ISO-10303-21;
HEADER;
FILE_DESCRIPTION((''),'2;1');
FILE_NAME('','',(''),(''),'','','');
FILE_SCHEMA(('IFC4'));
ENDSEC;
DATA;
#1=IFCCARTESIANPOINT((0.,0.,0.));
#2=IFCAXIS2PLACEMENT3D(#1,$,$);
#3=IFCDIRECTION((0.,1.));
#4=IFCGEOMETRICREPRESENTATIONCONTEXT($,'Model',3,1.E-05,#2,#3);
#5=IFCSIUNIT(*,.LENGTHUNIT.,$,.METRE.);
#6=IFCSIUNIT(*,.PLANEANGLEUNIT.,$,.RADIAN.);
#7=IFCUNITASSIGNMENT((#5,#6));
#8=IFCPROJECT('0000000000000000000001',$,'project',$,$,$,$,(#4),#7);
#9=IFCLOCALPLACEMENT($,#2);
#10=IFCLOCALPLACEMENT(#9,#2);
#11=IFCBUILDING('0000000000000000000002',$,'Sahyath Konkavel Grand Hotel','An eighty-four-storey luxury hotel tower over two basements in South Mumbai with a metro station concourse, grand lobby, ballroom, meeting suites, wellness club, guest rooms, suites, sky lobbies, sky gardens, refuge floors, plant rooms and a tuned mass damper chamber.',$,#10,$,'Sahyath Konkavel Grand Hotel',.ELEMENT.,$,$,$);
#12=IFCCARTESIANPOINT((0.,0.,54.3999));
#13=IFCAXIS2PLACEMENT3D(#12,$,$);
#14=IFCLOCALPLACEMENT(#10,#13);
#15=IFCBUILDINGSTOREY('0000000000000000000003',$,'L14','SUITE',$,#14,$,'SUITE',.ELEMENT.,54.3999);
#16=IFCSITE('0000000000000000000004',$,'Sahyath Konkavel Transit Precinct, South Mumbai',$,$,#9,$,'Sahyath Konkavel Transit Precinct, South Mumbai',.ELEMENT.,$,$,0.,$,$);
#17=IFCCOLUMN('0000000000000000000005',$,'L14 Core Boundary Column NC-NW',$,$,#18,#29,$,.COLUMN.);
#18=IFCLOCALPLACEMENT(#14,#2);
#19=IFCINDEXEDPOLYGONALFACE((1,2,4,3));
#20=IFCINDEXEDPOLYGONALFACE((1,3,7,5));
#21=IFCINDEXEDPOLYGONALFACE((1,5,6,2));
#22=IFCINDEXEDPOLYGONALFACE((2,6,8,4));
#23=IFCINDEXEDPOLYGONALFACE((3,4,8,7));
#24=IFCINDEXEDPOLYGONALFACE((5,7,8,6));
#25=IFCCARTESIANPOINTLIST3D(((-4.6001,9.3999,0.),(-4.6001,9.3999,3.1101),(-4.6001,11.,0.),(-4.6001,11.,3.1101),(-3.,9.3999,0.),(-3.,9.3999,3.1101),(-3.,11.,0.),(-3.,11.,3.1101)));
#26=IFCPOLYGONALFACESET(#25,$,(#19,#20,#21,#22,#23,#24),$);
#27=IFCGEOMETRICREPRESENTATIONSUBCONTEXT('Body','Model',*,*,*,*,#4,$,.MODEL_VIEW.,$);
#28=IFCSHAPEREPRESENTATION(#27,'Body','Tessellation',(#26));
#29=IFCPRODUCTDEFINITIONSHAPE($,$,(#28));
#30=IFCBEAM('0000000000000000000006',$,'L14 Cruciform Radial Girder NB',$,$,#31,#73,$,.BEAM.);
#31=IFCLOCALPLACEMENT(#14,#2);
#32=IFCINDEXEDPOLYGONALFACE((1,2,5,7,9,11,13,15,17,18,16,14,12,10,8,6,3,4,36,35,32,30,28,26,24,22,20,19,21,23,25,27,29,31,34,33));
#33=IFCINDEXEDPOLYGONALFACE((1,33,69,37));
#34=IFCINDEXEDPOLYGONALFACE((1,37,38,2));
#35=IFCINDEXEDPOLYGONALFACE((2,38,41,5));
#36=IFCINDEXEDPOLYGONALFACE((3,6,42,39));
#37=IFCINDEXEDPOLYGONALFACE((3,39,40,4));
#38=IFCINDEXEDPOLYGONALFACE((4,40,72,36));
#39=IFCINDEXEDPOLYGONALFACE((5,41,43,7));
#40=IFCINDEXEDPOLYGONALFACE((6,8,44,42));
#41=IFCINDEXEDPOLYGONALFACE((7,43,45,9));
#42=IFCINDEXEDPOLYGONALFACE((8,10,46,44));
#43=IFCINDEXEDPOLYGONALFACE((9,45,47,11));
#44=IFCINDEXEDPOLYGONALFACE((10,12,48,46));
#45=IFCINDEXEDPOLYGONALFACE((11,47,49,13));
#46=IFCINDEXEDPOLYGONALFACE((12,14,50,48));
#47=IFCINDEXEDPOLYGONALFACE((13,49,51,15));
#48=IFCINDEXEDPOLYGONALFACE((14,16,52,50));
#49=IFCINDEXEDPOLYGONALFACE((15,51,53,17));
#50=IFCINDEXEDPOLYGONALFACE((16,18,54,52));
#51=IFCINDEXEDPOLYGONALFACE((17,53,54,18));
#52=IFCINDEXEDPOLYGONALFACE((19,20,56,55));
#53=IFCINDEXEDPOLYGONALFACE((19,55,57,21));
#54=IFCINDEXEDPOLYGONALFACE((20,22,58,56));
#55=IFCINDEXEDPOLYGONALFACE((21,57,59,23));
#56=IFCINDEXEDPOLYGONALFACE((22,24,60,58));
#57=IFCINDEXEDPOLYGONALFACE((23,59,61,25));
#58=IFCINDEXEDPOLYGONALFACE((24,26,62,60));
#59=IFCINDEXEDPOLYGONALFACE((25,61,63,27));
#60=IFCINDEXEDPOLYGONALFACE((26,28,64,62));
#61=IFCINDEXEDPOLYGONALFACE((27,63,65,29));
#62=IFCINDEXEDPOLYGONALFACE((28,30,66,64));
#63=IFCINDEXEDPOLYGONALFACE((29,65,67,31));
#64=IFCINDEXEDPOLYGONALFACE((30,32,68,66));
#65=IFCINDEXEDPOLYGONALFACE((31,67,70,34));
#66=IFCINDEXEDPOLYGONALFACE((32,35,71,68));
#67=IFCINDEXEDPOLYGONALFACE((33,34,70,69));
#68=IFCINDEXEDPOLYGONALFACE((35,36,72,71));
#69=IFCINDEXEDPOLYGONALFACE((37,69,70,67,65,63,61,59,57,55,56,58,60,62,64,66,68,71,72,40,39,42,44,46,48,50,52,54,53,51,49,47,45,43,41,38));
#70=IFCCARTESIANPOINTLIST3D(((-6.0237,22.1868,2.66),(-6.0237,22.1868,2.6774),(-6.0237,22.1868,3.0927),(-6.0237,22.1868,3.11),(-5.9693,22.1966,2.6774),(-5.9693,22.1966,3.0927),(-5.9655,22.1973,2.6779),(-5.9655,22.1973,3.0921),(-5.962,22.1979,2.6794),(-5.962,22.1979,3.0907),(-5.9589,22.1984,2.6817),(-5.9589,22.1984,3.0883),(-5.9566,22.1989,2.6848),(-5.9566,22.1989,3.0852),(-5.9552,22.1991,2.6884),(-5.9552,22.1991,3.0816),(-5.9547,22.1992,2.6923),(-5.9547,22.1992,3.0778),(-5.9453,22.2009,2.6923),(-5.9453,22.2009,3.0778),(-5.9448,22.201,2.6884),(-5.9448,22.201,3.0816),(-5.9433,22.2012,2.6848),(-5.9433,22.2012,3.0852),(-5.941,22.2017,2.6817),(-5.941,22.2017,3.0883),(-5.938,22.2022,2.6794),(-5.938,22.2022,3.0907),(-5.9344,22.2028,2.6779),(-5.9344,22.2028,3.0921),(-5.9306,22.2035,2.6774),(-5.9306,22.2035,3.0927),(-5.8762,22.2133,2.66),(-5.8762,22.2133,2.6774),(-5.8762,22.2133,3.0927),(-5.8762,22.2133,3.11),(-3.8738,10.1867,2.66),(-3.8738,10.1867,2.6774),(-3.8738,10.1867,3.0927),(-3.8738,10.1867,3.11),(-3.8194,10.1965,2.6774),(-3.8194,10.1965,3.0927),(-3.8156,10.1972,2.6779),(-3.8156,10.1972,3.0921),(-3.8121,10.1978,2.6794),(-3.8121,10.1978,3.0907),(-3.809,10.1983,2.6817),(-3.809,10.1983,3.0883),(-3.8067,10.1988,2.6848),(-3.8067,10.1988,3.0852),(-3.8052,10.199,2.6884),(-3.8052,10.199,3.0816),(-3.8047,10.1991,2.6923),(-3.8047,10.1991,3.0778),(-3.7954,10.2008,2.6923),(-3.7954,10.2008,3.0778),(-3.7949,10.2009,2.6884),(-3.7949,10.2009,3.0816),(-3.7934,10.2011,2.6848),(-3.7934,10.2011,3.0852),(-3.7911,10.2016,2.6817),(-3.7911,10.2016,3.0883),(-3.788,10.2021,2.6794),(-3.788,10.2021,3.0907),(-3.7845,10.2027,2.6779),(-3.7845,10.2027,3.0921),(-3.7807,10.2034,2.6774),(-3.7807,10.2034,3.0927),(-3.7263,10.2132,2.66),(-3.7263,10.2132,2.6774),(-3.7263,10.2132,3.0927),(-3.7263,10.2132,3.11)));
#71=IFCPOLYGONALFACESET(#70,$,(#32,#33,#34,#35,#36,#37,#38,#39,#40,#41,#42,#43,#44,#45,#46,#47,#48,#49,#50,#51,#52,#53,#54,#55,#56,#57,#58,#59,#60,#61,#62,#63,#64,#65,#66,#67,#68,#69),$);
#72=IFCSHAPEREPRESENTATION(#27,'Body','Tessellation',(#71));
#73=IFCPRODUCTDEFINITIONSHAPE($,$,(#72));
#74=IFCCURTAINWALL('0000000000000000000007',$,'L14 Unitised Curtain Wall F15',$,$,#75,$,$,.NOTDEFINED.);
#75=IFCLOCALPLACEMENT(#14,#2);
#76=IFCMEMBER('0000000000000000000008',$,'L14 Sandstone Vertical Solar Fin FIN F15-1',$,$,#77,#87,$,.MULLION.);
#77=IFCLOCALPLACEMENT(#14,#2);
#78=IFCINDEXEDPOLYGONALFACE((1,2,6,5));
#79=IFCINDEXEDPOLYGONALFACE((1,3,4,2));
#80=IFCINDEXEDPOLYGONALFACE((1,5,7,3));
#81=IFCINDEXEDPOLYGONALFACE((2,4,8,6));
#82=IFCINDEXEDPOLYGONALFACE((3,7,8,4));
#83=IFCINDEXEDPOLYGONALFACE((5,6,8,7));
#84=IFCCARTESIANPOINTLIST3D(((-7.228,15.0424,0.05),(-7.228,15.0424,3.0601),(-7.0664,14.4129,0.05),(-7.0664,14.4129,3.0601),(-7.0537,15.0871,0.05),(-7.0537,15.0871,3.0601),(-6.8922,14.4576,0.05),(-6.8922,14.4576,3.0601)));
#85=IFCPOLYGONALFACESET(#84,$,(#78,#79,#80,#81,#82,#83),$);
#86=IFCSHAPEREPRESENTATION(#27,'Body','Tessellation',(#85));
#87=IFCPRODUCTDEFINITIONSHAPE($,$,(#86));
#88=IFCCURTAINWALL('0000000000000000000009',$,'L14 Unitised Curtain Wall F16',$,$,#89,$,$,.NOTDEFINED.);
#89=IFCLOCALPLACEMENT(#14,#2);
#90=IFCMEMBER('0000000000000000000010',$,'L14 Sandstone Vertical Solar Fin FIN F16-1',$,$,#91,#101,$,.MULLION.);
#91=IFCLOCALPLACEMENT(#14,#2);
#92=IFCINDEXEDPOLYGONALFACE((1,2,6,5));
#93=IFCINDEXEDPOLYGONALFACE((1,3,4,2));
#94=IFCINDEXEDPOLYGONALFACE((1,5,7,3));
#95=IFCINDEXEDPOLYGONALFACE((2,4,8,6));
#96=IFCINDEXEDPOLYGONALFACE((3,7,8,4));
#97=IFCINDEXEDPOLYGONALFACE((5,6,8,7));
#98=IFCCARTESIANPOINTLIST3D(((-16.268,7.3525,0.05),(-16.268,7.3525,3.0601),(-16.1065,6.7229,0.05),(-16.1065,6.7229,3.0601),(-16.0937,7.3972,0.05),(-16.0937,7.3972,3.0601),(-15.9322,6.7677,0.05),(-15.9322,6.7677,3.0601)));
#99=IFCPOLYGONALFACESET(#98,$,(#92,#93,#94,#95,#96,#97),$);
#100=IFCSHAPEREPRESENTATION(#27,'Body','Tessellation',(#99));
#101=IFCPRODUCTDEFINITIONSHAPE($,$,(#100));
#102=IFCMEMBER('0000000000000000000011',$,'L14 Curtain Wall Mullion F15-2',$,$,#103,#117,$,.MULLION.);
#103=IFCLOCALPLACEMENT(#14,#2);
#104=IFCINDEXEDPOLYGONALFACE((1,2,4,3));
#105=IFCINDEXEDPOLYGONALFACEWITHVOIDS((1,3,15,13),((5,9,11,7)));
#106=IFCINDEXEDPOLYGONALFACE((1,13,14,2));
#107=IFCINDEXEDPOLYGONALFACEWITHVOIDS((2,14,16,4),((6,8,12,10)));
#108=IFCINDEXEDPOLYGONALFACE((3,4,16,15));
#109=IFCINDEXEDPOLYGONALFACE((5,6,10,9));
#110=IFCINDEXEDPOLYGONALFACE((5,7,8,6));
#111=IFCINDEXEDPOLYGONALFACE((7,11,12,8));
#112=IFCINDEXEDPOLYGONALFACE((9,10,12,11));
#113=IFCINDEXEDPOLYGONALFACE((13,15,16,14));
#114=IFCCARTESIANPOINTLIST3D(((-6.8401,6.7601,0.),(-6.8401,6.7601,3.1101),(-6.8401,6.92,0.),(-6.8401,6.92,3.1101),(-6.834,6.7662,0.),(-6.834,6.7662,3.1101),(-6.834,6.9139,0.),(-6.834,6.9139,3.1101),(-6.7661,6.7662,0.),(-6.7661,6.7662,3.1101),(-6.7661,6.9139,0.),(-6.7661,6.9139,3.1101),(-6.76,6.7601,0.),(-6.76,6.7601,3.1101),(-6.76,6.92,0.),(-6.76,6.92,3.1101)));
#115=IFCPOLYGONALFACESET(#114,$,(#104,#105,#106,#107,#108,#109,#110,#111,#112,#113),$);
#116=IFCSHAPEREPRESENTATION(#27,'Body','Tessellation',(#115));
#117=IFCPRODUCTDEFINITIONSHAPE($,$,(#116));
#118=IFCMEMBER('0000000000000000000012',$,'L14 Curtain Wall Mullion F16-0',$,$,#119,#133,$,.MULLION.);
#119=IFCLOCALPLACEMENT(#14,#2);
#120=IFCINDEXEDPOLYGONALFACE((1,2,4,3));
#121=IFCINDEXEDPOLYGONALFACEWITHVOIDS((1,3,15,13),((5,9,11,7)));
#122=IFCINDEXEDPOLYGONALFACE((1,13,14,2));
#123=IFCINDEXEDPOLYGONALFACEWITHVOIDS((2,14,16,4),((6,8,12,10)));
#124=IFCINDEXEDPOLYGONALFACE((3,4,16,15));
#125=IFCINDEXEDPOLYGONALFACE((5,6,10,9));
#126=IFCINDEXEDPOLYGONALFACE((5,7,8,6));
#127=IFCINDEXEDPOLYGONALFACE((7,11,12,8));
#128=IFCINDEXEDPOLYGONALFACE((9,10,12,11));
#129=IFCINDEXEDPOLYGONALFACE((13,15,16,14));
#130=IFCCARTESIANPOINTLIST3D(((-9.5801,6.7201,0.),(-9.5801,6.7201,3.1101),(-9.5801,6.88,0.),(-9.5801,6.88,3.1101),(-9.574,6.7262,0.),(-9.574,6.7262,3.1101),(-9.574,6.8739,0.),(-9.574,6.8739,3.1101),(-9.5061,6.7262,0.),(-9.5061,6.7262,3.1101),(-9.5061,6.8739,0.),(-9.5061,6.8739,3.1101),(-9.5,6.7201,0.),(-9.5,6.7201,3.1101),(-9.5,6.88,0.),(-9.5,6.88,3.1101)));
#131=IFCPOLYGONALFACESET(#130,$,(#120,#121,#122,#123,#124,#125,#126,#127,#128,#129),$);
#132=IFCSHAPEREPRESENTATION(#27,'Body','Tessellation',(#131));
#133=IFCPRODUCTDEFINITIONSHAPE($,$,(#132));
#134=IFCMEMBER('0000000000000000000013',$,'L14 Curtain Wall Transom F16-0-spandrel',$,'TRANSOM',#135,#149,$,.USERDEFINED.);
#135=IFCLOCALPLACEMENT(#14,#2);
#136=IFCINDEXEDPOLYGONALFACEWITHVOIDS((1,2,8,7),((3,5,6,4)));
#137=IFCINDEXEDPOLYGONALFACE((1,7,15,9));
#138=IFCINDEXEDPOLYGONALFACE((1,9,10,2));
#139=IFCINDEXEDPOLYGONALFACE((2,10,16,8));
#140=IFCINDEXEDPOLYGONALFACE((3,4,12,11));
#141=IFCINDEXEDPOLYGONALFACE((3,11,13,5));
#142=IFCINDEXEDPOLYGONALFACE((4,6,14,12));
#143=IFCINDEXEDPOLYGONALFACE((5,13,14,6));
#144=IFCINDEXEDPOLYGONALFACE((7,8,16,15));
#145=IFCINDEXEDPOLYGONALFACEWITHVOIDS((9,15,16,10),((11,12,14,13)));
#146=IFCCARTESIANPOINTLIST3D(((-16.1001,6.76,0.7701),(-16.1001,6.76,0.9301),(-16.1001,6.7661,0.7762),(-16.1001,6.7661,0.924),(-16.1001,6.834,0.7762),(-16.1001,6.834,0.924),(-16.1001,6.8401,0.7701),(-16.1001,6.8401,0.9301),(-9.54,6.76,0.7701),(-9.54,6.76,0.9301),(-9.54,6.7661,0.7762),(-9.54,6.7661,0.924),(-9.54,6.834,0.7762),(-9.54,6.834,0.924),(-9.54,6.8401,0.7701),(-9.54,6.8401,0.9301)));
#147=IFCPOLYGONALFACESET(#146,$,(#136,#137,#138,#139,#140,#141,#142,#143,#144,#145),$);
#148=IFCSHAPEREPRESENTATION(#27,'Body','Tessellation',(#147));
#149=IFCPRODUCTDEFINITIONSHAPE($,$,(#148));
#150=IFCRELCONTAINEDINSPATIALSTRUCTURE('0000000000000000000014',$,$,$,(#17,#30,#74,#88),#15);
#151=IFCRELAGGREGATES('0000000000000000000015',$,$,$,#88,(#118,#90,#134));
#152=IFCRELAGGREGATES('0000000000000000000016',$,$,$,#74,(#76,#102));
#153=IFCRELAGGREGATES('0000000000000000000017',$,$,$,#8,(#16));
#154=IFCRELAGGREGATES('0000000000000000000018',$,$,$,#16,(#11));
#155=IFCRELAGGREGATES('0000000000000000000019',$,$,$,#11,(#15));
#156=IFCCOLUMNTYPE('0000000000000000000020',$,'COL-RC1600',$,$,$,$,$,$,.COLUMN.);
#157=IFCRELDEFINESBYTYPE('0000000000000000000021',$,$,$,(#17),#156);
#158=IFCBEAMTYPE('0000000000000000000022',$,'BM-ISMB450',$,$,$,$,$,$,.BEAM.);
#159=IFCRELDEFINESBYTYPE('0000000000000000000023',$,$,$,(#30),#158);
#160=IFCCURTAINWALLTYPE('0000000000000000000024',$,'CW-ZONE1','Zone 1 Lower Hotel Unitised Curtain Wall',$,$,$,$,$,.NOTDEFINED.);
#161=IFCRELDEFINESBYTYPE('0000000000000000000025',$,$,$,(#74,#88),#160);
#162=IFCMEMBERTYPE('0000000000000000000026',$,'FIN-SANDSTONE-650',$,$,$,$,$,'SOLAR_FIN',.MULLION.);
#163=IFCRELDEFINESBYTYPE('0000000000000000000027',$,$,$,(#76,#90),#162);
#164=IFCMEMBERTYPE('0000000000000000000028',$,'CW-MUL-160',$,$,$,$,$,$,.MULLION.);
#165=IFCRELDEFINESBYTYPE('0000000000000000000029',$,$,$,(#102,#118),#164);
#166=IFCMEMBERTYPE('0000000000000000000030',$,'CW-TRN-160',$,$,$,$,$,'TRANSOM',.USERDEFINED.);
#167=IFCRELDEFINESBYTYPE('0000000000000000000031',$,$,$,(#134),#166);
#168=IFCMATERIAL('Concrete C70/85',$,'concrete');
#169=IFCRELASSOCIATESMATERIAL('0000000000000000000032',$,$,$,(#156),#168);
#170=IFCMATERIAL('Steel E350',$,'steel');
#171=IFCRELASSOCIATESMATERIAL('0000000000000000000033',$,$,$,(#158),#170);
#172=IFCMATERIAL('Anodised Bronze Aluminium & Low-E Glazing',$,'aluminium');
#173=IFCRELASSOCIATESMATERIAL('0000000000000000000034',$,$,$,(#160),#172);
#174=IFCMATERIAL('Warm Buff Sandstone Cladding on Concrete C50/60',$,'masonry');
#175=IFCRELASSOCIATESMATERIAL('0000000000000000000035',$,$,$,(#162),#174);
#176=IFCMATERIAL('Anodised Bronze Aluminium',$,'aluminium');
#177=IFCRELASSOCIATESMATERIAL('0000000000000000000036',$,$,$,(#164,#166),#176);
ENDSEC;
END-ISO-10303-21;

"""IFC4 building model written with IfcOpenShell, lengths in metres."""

from ifc_helpers import new_model, si_unit, direction, frame, origin, origin_2d, place, context, subcontext, project, spatial, rectangle, hollow_rectangle, i_section, extrude, source, transform, mapped, material, material_profile, profile_set, type_object, element, aggregate, save


model = new_model("IFC4")

# Units and contexts
model_context = context("Model", 3, precision=1e-05, world=origin(), true_north=direction((0.0, 1.0)))
body_context = subcontext(model_context, "Body", "Model", "MODEL_VIEW")
ifc_project = project(units=[si_unit("LENGTHUNIT", "METRE"), si_unit("PLANEANGLEUNIT", "RADIAN")], contexts=[model_context])

# Site, building, storey
site_placement = place(None, origin())
site = spatial("IfcSite", under=ifc_project, at=site_placement, Name="Sahyath Konkavel Transit Precinct, South Mumbai", LongName="Sahyath Konkavel Transit Precinct, South Mumbai", CompositionType="ELEMENT", RefElevation=0.0)
building_placement = place(site_placement, origin())
building = spatial("IfcBuilding", under=site, at=building_placement, Name="Sahyath Konkavel Grand Hotel", Description="An eighty-four-storey luxury hotel tower over two basements in South Mumbai with a metro station concourse, grand lobby, ballroom, meeting suites, wellness club, guest rooms, suites, sky lobbies, sky gardens, refuge floors, plant rooms and a tuned mass damper chamber.", LongName="Sahyath Konkavel Grand Hotel", CompositionType="ELEMENT")
storey_placement = place(building_placement, frame((0.0, 0.0, 54.3999)))
storey = spatial("IfcBuildingStorey", under=building, at=storey_placement, Name="L14", Description="SUITE", LongName="SUITE", CompositionType="ELEMENT", Elevation=54.3999)

# Column
ifc_material_1 = material(Name="Concrete C70/85", Category="concrete")
ifc_material_profile_1 = material_profile(ifc_material_1, rectangle(XDim=1.6001, YDim=1.6001, at=origin_2d()), Name="RC 1600x1600")
ifc_profile_set_1 = profile_set([ifc_material_profile_1], Name="Concrete C70/85")
column_type = type_object("IfcColumnType", Name="COL-RC1600", PredefinedType="COLUMN", material=ifc_profile_set_1)
shared_shape_1 = source(origin(), body_context, "Body", "SweptSolid", [
    extrude(rectangle(XDim=1.6001, YDim=1.6001, at=origin_2d()), origin(), (0.0, 0.0, 1.0), 3.1101),
])
column_placement = place(storey_placement, frame((-3.8, 10.2, 0.0), z_axis=(0.0, 0.0, 1.0), x_axis=(1.0, 0.0, 0.0)))
element("IfcColumn", 1, at=column_placement, inside=storey, type_object=column_type, Name="L14 Core Boundary Column NC-NW", PredefinedType="COLUMN", context=body_context, shape_type="MappedRepresentation", body=[
    mapped(shared_shape_1, transform((0.0, 0.0, 0.0), scale=1.0)),
])

# Beam
ifc_material_2 = material(Name="Steel E350", Category="steel")
ifc_material_profile_2 = material_profile(ifc_material_2, i_section(OverallWidth=0.1499, OverallDepth=0.45, WebThickness=0.0095, FlangeThickness=0.0173, FilletRadius=0.0149, at=origin_2d()), Name="ISMB 450")
ifc_profile_set_2 = profile_set([ifc_material_profile_2], Name="Steel E350")
beam_type_1 = type_object("IfcBeamType", Name="BM-ISMB450", PredefinedType="BEAM", material=ifc_profile_set_2)
shared_shape_2 = source(origin(), body_context, "Body", "SweptSolid", [
    extrude(i_section(OverallWidth=0.1499, OverallDepth=0.45, WebThickness=0.0095, FlangeThickness=0.0173, FilletRadius=0.0149, at=origin_2d()), origin(), (0.0, 0.0, 1.0), 12.1912),
])
beam_1_placement = place(storey_placement, frame((-3.8, 10.2, 2.885), z_axis=(-0.176351, 0.984327, 0.0), x_axis=(-0.984327, -0.176351, 0.0)))
element("IfcBeam", 2, at=beam_1_placement, inside=storey, type_object=beam_type_1, Name="L14 Cruciform Radial Girder NB", PredefinedType="BEAM", context=body_context, shape_type="MappedRepresentation", body=[
    mapped(shared_shape_2, transform((0.0, 0.0, 0.0), scale=1.0)),
])

# Curtain walls, members
ifc_material_3 = material(Name="Anodised Bronze Aluminium & Low-E Glazing", Category="aluminium")
curtain_wall_type = type_object("IfcCurtainWallType", Name="CW-ZONE1", Description="Zone 1 Lower Hotel Unitised Curtain Wall", PredefinedType="NOTDEFINED", material=ifc_material_3)
curtain_wall_1_placement = place(storey_placement, origin())
curtain_wall_1 = element("IfcCurtainWall", 3, at=curtain_wall_1_placement, inside=storey, type_object=curtain_wall_type, Name="L14 Unitised Curtain Wall F15", PredefinedType="NOTDEFINED")
ifc_material_4 = material(Name="Warm Buff Sandstone Cladding on Concrete C50/60", Category="masonry")
ifc_material_profile_3 = material_profile(ifc_material_4, rectangle(XDim=0.1799, YDim=0.6499, at=origin_2d()), Name="FIN 180x650")
ifc_profile_set_3 = profile_set([ifc_material_profile_3], Name="Warm Buff Sandstone Cladding on Concrete C50/60")
member_type_1 = type_object("IfcMemberType", Name="FIN-SANDSTONE-650", ElementType="SOLAR_FIN", PredefinedType="MULLION", material=ifc_profile_set_3)
shared_shape_3 = source(origin(), body_context, "Body", "SweptSolid", [
    extrude(rectangle(XDim=0.1799, YDim=0.6499, at=origin_2d()), origin(), (0.0, 0.0, 1.0), 3.01),
])
member_1_placement = place(storey_placement, frame((-7.0601, 14.75, 0.05), z_axis=(0.0, 0.0, 1.0), x_axis=(0.968627, 0.248521, 0.0)))
member_1 = element("IfcMember", 4, at=member_1_placement, type_object=member_type_1, Name="L14 Sandstone Vertical Solar Fin FIN F15-1", PredefinedType="MULLION", context=body_context, shape_type="MappedRepresentation", body=[
    mapped(shared_shape_3, transform((0.0, 0.0, 0.0), scale=1.0)),
])
curtain_wall_2_placement = place(storey_placement, origin())
curtain_wall_2 = element("IfcCurtainWall", 5, at=curtain_wall_2_placement, inside=storey, type_object=curtain_wall_type, Name="L14 Unitised Curtain Wall F16", PredefinedType="NOTDEFINED")
member_2_placement = place(storey_placement, frame((-16.1001, 7.0601, 0.05), z_axis=(0.0, 0.0, 1.0), x_axis=(0.968627, 0.248521, 0.0)))
member_2 = element("IfcMember", 6, at=member_2_placement, type_object=member_type_1, Name="L14 Sandstone Vertical Solar Fin FIN F16-1", PredefinedType="MULLION", context=body_context, shape_type="MappedRepresentation", body=[
    mapped(shared_shape_3, transform((0.0, 0.0, 0.0), scale=1.0)),
])

# Members
ifc_material_5 = material(Name="Anodised Bronze Aluminium", Category="aluminium")
ifc_material_profile_4 = material_profile(ifc_material_5, hollow_rectangle(XDim=0.0801, YDim=0.1599, WallThickness=0.0061, at=origin_2d()), Name="RHS 160x80x6")
ifc_profile_set_4 = profile_set([ifc_material_profile_4], Name="Anodised Bronze Aluminium")
member_type_2 = type_object("IfcMemberType", Name="CW-MUL-160", PredefinedType="MULLION", material=ifc_profile_set_4)
shared_shape_4 = source(origin(), body_context, "Body", "SweptSolid", [
    extrude(hollow_rectangle(XDim=0.0801, YDim=0.1599, WallThickness=0.0061, at=origin_2d()), origin(), (0.0, 0.0, 1.0), 3.1101),
])
member_3_placement = place(storey_placement, frame((-6.8, 6.8401, 0.0), z_axis=(0.0, 0.0, 1.0), x_axis=(1.0, 0.0, 0.0)))
member_3 = element("IfcMember", 7, at=member_3_placement, type_object=member_type_2, Name="L14 Curtain Wall Mullion F15-2", PredefinedType="MULLION", context=body_context, shape_type="MappedRepresentation", body=[
    mapped(shared_shape_4, transform((0.0, 0.0, 0.0), scale=1.0)),
])
member_4_placement = place(storey_placement, frame((-9.54, 6.8, 0.0), z_axis=(0.0, 0.0, 1.0), x_axis=(1.0, 0.0, 0.0)))
member_4 = element("IfcMember", 8, at=member_4_placement, type_object=member_type_2, Name="L14 Curtain Wall Mullion F16-0", PredefinedType="MULLION", context=body_context, shape_type="MappedRepresentation", body=[
    mapped(shared_shape_4, transform((0.0, 0.0, 0.0), scale=1.0)),
])
ifc_material_profile_5 = material_profile(ifc_material_5, hollow_rectangle(XDim=0.0801, YDim=0.1599, WallThickness=0.0061, at=origin_2d()), Name="RHS 160x80x6")
ifc_profile_set_5 = profile_set([ifc_material_profile_5], Name="Anodised Bronze Aluminium")
member_type_3 = type_object("IfcMemberType", Name="CW-TRN-160", ElementType="TRANSOM", PredefinedType="USERDEFINED", material=ifc_profile_set_5)
shared_shape_5 = source(origin(), body_context, "Body", "SweptSolid", [
    extrude(hollow_rectangle(XDim=0.0801, YDim=0.1599, WallThickness=0.0061, at=origin_2d()), origin(), (0.0, 0.0, 1.0), 6.5601),
])
member_5_placement = place(storey_placement, frame((-9.54, 6.8, 0.8501), z_axis=(-1.0, 0.0, 0.0), x_axis=(0.0, -1.0, 0.0)))
member_5 = element("IfcMember", 9, at=member_5_placement, type_object=member_type_3, Name="L14 Curtain Wall Transom F16-0-spandrel", ObjectType="TRANSOM", PredefinedType="USERDEFINED", context=body_context, shape_type="MappedRepresentation", body=[
    mapped(shared_shape_5, transform((0.0, 0.0, 0.0), scale=1.0)),
])
aggregate(curtain_wall_2, [member_4, member_2, member_5])

aggregate(curtain_wall_1, [member_1, member_3])

save(model, "model.ifc")
